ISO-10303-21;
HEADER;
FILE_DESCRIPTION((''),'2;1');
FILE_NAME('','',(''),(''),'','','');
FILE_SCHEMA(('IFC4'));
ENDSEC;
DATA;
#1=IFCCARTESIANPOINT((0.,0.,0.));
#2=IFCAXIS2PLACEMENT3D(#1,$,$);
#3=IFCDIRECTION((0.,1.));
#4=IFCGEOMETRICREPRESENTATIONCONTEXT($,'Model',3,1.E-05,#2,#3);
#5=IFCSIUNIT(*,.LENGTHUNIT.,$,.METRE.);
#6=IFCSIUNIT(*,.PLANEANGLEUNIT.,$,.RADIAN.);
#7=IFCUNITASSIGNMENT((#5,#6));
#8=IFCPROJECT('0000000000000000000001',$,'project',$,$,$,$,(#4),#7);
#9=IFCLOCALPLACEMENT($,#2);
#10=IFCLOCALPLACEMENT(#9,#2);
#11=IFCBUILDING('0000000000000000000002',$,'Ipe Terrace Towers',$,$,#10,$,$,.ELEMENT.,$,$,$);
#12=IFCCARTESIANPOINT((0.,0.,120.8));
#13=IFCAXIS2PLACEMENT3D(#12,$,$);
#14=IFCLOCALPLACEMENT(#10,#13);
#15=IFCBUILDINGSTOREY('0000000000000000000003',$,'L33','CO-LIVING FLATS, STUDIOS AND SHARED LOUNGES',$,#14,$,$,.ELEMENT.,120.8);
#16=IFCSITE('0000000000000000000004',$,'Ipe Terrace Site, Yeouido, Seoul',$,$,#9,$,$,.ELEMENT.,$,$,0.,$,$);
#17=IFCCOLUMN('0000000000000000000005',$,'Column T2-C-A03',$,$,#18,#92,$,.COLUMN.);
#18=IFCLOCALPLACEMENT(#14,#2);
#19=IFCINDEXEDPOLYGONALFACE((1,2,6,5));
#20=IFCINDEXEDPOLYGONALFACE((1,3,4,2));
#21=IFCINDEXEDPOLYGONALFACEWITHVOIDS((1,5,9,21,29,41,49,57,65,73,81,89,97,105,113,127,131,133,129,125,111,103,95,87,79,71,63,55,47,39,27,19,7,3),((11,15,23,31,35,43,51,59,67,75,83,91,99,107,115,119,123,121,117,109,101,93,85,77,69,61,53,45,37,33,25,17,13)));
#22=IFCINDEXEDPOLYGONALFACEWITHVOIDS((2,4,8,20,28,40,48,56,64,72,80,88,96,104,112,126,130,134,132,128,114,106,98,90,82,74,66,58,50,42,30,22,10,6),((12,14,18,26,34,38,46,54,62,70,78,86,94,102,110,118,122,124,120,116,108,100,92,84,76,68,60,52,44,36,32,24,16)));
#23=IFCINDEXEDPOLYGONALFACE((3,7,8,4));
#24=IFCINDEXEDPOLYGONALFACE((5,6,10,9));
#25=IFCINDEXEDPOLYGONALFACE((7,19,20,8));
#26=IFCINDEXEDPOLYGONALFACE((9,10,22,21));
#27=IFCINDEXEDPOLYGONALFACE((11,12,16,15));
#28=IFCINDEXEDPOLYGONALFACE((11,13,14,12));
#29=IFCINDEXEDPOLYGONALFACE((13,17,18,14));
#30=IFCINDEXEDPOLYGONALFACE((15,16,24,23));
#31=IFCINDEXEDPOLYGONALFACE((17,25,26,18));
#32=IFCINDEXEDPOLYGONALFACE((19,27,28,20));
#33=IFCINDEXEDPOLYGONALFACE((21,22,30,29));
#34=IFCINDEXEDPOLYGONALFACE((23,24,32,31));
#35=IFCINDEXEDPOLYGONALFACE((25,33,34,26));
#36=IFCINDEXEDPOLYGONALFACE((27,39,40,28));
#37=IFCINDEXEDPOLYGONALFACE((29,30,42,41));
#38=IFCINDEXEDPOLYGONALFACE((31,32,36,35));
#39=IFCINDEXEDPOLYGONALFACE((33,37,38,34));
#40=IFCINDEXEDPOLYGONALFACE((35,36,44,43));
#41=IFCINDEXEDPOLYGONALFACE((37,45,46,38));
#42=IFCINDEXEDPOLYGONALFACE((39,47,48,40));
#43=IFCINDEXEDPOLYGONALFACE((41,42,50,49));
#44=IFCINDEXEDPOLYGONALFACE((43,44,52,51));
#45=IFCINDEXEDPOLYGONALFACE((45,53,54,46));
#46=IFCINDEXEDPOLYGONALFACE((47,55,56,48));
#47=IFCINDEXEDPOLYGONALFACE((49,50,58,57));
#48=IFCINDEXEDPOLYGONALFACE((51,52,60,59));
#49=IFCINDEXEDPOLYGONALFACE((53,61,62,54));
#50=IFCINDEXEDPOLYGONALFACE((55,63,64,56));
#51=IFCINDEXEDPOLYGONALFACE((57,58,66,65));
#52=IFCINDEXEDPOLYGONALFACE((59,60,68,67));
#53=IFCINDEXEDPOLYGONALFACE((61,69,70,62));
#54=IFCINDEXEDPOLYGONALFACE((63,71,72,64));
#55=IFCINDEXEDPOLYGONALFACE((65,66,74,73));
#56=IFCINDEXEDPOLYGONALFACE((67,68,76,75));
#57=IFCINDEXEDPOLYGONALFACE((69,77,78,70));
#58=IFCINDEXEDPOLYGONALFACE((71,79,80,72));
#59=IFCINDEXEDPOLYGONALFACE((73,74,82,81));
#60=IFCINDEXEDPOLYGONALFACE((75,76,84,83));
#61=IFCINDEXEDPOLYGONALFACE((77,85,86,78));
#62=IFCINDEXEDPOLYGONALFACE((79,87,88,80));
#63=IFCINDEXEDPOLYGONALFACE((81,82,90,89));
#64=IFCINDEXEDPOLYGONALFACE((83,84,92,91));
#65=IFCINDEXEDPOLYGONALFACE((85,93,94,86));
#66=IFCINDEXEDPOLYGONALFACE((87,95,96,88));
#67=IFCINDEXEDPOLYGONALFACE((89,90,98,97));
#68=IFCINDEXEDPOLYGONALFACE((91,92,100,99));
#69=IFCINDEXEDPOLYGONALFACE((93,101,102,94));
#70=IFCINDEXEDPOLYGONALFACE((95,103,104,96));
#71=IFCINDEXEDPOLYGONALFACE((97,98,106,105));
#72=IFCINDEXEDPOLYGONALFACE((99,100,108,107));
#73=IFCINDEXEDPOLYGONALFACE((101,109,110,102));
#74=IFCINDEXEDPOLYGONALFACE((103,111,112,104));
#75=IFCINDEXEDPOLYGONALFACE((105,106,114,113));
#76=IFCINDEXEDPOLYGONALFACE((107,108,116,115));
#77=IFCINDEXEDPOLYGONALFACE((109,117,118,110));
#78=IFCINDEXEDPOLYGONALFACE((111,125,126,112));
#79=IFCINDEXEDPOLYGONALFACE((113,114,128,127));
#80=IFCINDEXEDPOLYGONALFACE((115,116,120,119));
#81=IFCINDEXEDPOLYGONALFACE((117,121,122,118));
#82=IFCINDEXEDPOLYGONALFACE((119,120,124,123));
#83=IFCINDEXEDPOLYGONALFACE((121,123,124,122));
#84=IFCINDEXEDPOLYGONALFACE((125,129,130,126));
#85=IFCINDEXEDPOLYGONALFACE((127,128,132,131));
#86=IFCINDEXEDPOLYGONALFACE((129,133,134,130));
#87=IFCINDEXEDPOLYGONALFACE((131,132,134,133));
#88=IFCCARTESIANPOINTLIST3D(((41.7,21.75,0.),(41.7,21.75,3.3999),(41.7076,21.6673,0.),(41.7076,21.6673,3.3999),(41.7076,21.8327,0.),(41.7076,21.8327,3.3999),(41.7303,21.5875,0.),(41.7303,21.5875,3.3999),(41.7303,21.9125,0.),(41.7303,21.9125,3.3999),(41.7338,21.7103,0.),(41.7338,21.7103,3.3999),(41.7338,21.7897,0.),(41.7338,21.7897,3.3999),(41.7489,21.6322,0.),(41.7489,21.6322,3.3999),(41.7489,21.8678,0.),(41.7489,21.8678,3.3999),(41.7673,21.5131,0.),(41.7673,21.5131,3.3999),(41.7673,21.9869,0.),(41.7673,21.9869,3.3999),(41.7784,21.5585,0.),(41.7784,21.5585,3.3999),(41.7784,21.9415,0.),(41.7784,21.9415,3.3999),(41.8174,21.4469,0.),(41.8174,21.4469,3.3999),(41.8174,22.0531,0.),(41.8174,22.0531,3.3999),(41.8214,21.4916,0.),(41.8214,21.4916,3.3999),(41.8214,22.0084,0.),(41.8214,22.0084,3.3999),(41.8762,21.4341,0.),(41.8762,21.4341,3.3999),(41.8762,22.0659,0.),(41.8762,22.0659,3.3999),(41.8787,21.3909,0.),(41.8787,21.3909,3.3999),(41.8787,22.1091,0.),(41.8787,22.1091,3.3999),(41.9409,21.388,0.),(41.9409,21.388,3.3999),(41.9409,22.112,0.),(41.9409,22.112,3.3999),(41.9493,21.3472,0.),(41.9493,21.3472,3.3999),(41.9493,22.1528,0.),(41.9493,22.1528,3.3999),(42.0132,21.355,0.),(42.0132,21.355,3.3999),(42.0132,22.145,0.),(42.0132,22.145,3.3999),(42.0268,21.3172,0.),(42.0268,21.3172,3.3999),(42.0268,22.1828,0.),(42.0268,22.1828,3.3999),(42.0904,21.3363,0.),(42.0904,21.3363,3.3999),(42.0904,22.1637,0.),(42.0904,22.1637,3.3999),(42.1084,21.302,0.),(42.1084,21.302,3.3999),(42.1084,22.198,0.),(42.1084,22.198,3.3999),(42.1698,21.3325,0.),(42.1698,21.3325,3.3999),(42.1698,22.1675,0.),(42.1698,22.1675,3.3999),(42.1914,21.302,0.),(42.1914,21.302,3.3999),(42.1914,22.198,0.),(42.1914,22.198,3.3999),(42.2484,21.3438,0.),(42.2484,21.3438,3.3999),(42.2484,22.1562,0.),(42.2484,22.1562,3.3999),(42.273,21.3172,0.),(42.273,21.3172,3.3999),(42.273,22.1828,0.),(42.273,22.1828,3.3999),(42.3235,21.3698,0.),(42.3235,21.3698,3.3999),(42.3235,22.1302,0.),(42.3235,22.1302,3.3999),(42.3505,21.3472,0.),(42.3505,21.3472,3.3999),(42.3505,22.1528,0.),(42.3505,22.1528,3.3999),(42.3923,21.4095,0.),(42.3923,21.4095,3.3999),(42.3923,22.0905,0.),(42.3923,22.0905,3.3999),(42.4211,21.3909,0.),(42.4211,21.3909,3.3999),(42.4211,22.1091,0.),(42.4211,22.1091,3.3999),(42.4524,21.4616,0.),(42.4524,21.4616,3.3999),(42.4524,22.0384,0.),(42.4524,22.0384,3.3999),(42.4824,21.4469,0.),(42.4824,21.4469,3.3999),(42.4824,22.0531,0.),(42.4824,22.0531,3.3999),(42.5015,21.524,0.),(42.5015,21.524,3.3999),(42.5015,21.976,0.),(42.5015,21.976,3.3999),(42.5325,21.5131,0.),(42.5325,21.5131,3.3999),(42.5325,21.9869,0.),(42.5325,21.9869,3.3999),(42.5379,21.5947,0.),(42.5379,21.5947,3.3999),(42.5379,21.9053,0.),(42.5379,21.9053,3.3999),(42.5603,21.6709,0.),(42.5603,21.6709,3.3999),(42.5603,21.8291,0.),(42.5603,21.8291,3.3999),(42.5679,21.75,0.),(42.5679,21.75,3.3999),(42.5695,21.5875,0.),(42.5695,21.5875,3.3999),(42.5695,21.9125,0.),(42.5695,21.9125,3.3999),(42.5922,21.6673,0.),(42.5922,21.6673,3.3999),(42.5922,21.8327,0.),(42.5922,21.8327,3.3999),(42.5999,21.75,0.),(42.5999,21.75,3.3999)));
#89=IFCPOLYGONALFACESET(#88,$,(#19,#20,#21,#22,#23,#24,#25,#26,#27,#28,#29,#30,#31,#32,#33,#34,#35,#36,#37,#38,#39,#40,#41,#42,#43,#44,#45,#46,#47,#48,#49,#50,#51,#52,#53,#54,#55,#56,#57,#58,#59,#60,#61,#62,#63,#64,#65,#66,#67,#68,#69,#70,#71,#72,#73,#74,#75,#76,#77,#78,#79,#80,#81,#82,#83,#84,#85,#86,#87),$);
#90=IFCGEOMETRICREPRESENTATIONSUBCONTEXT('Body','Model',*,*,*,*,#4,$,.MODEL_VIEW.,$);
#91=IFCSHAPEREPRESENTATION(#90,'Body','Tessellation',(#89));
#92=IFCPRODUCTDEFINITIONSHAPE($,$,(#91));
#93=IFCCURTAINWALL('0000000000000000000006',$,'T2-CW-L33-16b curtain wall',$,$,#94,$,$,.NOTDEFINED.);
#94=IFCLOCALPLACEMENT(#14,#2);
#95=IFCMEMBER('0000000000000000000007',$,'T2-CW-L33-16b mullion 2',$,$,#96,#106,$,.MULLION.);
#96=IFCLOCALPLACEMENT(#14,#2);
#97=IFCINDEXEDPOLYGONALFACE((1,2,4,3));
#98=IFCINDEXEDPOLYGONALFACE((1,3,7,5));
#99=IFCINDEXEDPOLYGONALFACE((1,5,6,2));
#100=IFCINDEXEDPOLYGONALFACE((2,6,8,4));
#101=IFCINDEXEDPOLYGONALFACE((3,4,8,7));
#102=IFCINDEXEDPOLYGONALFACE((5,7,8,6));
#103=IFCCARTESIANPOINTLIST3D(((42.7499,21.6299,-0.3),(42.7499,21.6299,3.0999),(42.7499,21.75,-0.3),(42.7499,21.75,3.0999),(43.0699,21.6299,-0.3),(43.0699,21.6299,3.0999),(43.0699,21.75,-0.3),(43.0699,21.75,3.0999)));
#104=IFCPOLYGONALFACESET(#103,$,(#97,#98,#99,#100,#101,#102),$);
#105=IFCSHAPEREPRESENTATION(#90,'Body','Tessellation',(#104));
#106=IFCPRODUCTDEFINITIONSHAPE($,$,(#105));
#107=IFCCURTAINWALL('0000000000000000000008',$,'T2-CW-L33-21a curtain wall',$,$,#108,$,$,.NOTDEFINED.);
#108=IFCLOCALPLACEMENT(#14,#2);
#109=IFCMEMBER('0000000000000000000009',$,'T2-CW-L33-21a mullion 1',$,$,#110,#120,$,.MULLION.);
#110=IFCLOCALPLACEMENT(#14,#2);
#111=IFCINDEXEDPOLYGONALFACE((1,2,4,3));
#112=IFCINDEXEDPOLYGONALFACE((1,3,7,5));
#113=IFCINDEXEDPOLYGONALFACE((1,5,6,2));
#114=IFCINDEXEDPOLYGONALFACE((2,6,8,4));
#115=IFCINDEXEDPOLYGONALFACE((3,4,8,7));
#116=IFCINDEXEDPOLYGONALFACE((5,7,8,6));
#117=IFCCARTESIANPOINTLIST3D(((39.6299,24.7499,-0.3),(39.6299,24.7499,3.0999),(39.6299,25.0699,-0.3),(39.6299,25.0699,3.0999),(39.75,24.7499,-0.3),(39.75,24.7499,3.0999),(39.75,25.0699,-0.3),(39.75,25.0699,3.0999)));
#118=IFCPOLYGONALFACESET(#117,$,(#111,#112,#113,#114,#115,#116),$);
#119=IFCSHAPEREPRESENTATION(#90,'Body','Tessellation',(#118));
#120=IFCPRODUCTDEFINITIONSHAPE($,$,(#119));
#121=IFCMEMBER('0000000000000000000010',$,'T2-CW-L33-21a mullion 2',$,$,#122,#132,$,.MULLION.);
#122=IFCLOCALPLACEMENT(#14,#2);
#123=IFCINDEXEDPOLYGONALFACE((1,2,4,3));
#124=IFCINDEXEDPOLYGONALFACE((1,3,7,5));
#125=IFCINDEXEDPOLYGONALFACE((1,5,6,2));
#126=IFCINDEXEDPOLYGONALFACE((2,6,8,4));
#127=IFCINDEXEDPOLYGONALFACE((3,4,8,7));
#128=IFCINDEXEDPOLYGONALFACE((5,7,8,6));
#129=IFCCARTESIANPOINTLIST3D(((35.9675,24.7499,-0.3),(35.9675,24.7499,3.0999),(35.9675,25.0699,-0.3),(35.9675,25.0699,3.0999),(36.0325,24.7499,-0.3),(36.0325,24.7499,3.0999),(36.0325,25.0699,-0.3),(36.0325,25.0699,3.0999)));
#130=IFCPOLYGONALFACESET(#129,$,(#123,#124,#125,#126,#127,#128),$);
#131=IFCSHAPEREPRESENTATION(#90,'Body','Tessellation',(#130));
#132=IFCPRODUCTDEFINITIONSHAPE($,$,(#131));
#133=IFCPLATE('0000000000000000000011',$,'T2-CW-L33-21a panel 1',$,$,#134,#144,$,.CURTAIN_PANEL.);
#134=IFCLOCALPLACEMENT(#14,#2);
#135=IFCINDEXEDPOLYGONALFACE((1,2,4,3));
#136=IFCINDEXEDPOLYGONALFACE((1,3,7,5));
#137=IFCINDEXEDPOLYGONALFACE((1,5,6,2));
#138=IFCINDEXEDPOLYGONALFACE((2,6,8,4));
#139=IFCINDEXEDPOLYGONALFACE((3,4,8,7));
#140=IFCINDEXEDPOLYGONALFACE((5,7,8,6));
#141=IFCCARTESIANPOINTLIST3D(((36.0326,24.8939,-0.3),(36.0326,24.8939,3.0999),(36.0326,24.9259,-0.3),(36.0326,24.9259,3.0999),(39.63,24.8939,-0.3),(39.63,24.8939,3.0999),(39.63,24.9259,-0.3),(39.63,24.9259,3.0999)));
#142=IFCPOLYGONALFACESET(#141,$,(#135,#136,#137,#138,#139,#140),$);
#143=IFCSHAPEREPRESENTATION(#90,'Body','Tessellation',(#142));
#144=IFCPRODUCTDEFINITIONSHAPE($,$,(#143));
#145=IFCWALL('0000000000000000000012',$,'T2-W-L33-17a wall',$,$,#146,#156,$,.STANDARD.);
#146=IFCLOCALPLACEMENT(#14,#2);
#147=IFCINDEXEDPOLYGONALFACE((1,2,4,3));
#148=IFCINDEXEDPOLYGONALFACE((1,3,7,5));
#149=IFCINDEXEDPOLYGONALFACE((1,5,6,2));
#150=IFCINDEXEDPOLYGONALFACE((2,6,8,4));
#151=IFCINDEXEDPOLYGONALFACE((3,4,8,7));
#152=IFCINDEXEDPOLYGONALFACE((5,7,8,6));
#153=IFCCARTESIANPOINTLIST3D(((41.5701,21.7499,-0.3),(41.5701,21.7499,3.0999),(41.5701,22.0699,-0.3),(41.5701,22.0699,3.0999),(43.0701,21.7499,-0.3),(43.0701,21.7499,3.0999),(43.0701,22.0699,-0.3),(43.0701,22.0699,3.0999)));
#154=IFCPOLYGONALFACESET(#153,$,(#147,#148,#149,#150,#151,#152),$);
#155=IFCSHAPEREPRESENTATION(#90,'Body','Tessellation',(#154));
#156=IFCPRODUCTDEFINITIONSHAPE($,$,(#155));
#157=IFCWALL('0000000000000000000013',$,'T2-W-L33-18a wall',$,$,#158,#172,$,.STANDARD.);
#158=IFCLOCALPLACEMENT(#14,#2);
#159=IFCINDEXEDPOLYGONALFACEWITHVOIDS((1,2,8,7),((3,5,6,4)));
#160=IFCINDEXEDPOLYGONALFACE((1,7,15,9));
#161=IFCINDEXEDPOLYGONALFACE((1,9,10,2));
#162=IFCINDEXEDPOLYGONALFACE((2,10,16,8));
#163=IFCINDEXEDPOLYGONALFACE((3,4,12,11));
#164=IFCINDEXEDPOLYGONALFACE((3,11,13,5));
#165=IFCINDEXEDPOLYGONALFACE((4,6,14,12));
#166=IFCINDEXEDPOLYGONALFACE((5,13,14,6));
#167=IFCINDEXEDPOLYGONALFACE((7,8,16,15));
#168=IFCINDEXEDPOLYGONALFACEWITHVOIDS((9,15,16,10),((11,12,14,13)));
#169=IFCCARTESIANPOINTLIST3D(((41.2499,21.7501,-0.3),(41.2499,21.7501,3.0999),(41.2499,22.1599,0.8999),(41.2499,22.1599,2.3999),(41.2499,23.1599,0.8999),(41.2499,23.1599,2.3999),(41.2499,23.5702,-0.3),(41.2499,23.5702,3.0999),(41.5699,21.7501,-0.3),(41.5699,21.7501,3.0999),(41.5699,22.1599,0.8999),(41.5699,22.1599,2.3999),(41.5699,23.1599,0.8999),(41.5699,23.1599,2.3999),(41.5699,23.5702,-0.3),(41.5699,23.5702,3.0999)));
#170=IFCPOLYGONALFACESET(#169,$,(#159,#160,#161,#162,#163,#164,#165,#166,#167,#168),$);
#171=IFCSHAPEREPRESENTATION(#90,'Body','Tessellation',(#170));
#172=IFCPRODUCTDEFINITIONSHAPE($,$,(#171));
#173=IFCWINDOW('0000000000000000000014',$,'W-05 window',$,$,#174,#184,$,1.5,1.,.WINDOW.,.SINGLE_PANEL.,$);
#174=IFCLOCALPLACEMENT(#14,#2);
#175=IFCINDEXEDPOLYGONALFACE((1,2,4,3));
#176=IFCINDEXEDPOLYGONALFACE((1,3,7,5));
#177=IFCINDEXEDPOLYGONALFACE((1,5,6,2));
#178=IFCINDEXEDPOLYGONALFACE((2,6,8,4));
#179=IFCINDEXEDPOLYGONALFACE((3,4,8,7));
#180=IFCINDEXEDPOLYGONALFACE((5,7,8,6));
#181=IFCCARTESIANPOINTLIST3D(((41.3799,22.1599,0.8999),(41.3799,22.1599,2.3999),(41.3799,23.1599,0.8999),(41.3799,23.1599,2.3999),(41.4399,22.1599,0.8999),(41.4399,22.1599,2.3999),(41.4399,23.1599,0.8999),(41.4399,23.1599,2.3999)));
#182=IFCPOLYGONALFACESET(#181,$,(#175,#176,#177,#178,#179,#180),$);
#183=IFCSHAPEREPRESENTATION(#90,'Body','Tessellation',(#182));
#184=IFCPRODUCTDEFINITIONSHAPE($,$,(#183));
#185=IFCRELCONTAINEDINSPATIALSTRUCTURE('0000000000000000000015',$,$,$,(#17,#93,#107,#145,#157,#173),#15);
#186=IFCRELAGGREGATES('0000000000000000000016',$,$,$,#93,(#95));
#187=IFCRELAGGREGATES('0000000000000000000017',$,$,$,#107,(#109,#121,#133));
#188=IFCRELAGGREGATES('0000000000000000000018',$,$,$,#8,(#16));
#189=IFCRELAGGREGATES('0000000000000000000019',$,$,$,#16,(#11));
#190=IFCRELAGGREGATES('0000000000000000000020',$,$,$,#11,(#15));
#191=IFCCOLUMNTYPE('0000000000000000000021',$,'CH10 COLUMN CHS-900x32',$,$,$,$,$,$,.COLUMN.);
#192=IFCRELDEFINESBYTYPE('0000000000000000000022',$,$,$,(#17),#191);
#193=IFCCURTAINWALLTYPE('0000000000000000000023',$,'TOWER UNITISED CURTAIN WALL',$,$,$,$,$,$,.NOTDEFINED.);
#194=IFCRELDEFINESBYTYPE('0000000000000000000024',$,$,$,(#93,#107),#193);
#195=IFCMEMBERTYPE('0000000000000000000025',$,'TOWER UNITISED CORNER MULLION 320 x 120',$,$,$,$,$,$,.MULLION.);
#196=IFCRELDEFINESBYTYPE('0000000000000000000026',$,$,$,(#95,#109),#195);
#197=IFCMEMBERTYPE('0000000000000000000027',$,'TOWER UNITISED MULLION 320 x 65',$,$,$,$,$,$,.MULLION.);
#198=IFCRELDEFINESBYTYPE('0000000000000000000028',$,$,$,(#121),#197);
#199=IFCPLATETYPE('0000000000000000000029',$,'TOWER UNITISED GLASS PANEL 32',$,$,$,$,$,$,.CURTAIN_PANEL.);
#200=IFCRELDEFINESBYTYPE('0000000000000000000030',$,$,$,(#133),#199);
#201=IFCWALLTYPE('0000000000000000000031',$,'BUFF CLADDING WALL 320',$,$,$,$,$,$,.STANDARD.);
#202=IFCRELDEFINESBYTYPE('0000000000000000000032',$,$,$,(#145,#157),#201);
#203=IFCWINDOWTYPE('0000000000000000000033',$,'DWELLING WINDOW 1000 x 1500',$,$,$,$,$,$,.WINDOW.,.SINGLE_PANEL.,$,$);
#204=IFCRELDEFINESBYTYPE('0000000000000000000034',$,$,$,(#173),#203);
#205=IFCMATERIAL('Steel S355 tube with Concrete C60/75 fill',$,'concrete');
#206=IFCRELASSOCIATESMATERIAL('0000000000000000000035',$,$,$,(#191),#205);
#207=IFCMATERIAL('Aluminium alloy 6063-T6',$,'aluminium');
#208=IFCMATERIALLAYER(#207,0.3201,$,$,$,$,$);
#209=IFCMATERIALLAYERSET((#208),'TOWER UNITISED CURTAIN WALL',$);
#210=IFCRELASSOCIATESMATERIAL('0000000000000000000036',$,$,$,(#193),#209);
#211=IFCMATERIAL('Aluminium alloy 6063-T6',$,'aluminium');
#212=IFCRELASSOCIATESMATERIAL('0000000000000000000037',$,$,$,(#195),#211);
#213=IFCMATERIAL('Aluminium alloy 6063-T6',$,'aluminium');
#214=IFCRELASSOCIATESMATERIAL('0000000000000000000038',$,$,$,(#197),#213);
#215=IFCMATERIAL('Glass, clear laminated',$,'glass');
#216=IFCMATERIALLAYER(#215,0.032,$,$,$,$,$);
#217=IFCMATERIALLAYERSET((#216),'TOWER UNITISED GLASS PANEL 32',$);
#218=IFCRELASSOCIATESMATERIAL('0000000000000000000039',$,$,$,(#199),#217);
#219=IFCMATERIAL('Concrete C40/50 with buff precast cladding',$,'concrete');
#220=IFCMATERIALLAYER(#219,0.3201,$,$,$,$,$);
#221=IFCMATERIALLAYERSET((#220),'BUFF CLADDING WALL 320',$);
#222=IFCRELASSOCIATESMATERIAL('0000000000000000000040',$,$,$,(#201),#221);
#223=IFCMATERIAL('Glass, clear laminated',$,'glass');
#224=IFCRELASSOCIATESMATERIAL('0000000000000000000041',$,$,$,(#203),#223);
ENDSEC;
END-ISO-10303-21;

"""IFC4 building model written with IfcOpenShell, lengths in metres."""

from ifc_helpers import new_model, si_unit, direction, frame, frame_2d, origin, origin_2d, place, context, subcontext, project, spatial, rectangle, hollow_circle, extrude, material, layer, layer_set, material_profile, profile_set, type_object, element, fill, aggregate, save


model = new_model("IFC4")

# Units and contexts
model_context = context("Model", 3, precision=1e-05, world=origin(), true_north=direction((0.0, 1.0)))
body_context = subcontext(model_context, "Body", "Model", "MODEL_VIEW")
ifc_project = project(units=[si_unit("LENGTHUNIT", "METRE"), si_unit("PLANEANGLEUNIT", "RADIAN")], contexts=[model_context])

# Site, building, storey
site_placement = place(None, origin())
site = spatial("IfcSite", under=ifc_project, at=site_placement, Name="Ipe Terrace Site, Yeouido, Seoul", CompositionType="ELEMENT", RefElevation=0.0)
building_placement = place(site_placement, origin())
building = spatial("IfcBuilding", under=site, at=building_placement, Name="Ipe Terrace Towers", CompositionType="ELEMENT")
storey_placement = place(building_placement, frame((0.0, 0.0, 120.8)))
storey = spatial("IfcBuildingStorey", under=building, at=storey_placement, Name="L33", Description="CO-LIVING FLATS, STUDIOS AND SHARED LOUNGES", CompositionType="ELEMENT", Elevation=120.8)

# Column
ifc_material_1 = material(Name="Steel S355 tube with Concrete C60/75 fill", Category="concrete")
ifc_material_profile_1 = material_profile(ifc_material_1, hollow_circle(Radius=0.45, WallThickness=0.032, at=origin_2d()), Name="CHS-900x32")
ifc_profile_set_1 = profile_set([ifc_material_profile_1], Name="Steel S355 tube with Concrete C60/75 fill")
column_type = type_object("IfcColumnType", Name="CH10 COLUMN CHS-900x32", PredefinedType="COLUMN", material=ifc_profile_set_1)
column_placement = place(storey_placement, frame((42.1499, 21.75, 0.0), z_axis=(0.0, 0.0, 1.0), x_axis=(1.0, 0.0, 0.0)))
element("IfcColumn", 1, at=column_placement, inside=storey, type_object=column_type, Name="Column T2-C-A03", PredefinedType="COLUMN", context=body_context, shape_type="SweptSolid", body=[
    extrude(hollow_circle(Radius=0.45, WallThickness=0.032, at=origin_2d()), origin(), (0.0, 0.0, 1.0), 3.3999),
])

# Curtain wall, member
ifc_material_2 = material(Name="Aluminium alloy 6063-T6", Category="aluminium")
ifc_layer_1 = layer(ifc_material_2, 0.3201)
ifc_layer_set_1 = layer_set([ifc_layer_1], Name="TOWER UNITISED CURTAIN WALL")
curtain_wall_type = type_object("IfcCurtainWallType", Name="TOWER UNITISED CURTAIN WALL", PredefinedType="NOTDEFINED", material=ifc_layer_set_1)
curtain_wall_1_placement = place(storey_placement, origin())
curtain_wall_1 = element("IfcCurtainWall", 2, at=curtain_wall_1_placement, inside=storey, type_object=curtain_wall_type, Name="T2-CW-L33-16b curtain wall", PredefinedType="NOTDEFINED")
ifc_material_3 = material(Name="Aluminium alloy 6063-T6", Category="aluminium")
ifc_material_profile_2 = material_profile(ifc_material_3, rectangle(XDim=0.3201, YDim=0.1201, at=origin_2d()), Name="TOWER UNITISED CORNER MULLION 320 x 120")
ifc_profile_set_2 = profile_set([ifc_material_profile_2], Name="Aluminium alloy 6063-T6")
member_type_1 = type_object("IfcMemberType", Name="TOWER UNITISED CORNER MULLION 320 x 120", PredefinedType="MULLION", material=ifc_profile_set_2)
member_1_placement = place(storey_placement, frame((42.9099, 21.6899, -0.3), z_axis=(0.0, 0.0, 1.0), x_axis=(1.0, 0.0, 0.0)))
member_1 = element("IfcMember", 3, at=member_1_placement, type_object=member_type_1, Name="T2-CW-L33-16b mullion 2", PredefinedType="MULLION", context=body_context, shape_type="SweptSolid", body=[
    extrude(rectangle(XDim=0.3201, YDim=0.1201, at=origin_2d()), origin(), (0.0, 0.0, 1.0), 3.3999),
])
aggregate(curtain_wall_1, [member_1])

# Curtain wall, members, plate
curtain_wall_2_placement = place(storey_placement, origin())
curtain_wall_2 = element("IfcCurtainWall", 4, at=curtain_wall_2_placement, inside=storey, type_object=curtain_wall_type, Name="T2-CW-L33-21a curtain wall", PredefinedType="NOTDEFINED")
member_2_placement = place(storey_placement, frame((39.6899, 24.9099, -0.3), z_axis=(0.0, 0.0, 1.0), x_axis=(0.0, 1.0, 0.0)))
member_2 = element("IfcMember", 5, at=member_2_placement, type_object=member_type_1, Name="T2-CW-L33-21a mullion 1", PredefinedType="MULLION", context=body_context, shape_type="SweptSolid", body=[
    extrude(rectangle(XDim=0.3201, YDim=0.1201, at=origin_2d()), origin(), (0.0, 0.0, 1.0), 3.3999),
])
ifc_material_4 = material(Name="Aluminium alloy 6063-T6", Category="aluminium")
ifc_material_profile_3 = material_profile(ifc_material_4, rectangle(XDim=0.3201, YDim=0.0649, at=origin_2d()), Name="TOWER UNITISED MULLION 320 x 65")
ifc_profile_set_3 = profile_set([ifc_material_profile_3], Name="Aluminium alloy 6063-T6")
member_type_2 = type_object("IfcMemberType", Name="TOWER UNITISED MULLION 320 x 65", PredefinedType="MULLION", material=ifc_profile_set_3)
member_3_placement = place(storey_placement, frame((36.0, 24.9099, -0.3), z_axis=(0.0, 0.0, 1.0), x_axis=(0.0, 1.0, 0.0)))
member_3 = element("IfcMember", 6, at=member_3_placement, type_object=member_type_2, Name="T2-CW-L33-21a mullion 2", PredefinedType="MULLION", context=body_context, shape_type="SweptSolid", body=[
    extrude(rectangle(XDim=0.3201, YDim=0.0649, at=origin_2d()), origin(), (0.0, 0.0, 1.0), 3.3999),
])
ifc_material_5 = material(Name="Glass, clear laminated", Category="glass")
ifc_layer_2 = layer(ifc_material_5, 0.032)
ifc_layer_set_2 = layer_set([ifc_layer_2], Name="TOWER UNITISED GLASS PANEL 32")
plate_type = type_object("IfcPlateType", Name="TOWER UNITISED GLASS PANEL 32", PredefinedType="CURTAIN_PANEL", material=ifc_layer_set_2)
plate_placement = place(storey_placement, frame((37.8313, 24.9099, -0.3), z_axis=(0.0, 0.0, 1.0), x_axis=(-1.0, 0.0, 0.0)))
plate = element("IfcPlate", 7, at=plate_placement, type_object=plate_type, Name="T2-CW-L33-21a panel 1", PredefinedType="CURTAIN_PANEL", context=body_context, shape_type="SweptSolid", body=[
    extrude(rectangle(XDim=3.5974, YDim=0.032, at=origin_2d()), origin(), (0.0, 0.0, 1.0), 3.3999),
])
aggregate(curtain_wall_2, [member_2, member_3, plate])

# Wall
ifc_material_6 = material(Name="Concrete C40/50 with buff precast cladding", Category="concrete")
ifc_layer_3 = layer(ifc_material_6, 0.3201)
ifc_layer_set_3 = layer_set([ifc_layer_3], Name="BUFF CLADDING WALL 320")
wall_type_1 = type_object("IfcWallType", Name="BUFF CLADDING WALL 320", PredefinedType="STANDARD", material=ifc_layer_set_3)
wall_1_placement = place(storey_placement, frame((43.0701, 21.9099, -0.3), z_axis=(0.0, 0.0, 1.0), x_axis=(-1.0, 0.0, 0.0)))
element("IfcWall", 8, at=wall_1_placement, inside=storey, type_object=wall_type_1, Name="T2-W-L33-17a wall", PredefinedType="STANDARD", context=body_context, shape_type="SweptSolid", body=[
    extrude(rectangle(XDim=1.5, YDim=0.3201, at=frame_2d((0.75, 0.0))), origin(), (0.0, 0.0, 1.0), 3.3999),
])

# Wall, opening, window
wall_2_placement = place(storey_placement, frame((41.4099, 21.75, -0.3), z_axis=(0.0, 0.0, 1.0), x_axis=(0.0, 1.0, 0.0)))
wall_2 = element("IfcWall", 9, at=wall_2_placement, inside=storey, type_object=wall_type_1, Name="T2-W-L33-18a wall", PredefinedType="STANDARD", context=body_context, shape_type="SweptSolid", body=[
    extrude(rectangle(XDim=1.8201, YDim=0.3201, at=frame_2d((0.9102, 0.0))), origin(), (0.0, 0.0, 1.0), 3.3999),
])
opening_placement = place(wall_2_placement, frame((0.4099, 0.0, 1.2)))
opening = element("IfcOpeningElement", 10, at=opening_placement, cuts=wall_2, PredefinedType="OPENING", context=body_context, shape_type="SweptSolid", body=[
    extrude(rectangle(XDim=1.0, YDim=1.5, at=frame_2d((0.5, 0.75))), frame((0.0, 0.1699, 0.0), z_axis=(0.0, -1.0, 0.0), x_axis=(1.0, 0.0, 0.0)), (0.0, 0.0, 1.0), 0.3401),
])
ifc_material_7 = material(Name="Glass, clear laminated", Category="glass")
window_type = type_object("IfcWindowType", Name="DWELLING WINDOW 1000 x 1500", PartitioningType="SINGLE_PANEL", PredefinedType="WINDOW", material=ifc_material_7)
window_placement = place(opening_placement, origin())
window = element("IfcWindow", 11, at=window_placement, inside=storey, type_object=window_type, Name="W-05 window", OverallHeight=1.5, OverallWidth=1.0, PartitioningType="SINGLE_PANEL", PredefinedType="WINDOW", context=body_context, shape_type="SweptSolid", body=[
    extrude(rectangle(XDim=1.0, YDim=1.5, at=frame_2d((0.5, 0.75))), frame((0.0, 0.03, 0.0), z_axis=(0.0, -1.0, 0.0), x_axis=(1.0, 0.0, 0.0)), (0.0, 0.0, 1.0), 0.0601),
])
fill(opening, window)

save(model, "model.ifc")
